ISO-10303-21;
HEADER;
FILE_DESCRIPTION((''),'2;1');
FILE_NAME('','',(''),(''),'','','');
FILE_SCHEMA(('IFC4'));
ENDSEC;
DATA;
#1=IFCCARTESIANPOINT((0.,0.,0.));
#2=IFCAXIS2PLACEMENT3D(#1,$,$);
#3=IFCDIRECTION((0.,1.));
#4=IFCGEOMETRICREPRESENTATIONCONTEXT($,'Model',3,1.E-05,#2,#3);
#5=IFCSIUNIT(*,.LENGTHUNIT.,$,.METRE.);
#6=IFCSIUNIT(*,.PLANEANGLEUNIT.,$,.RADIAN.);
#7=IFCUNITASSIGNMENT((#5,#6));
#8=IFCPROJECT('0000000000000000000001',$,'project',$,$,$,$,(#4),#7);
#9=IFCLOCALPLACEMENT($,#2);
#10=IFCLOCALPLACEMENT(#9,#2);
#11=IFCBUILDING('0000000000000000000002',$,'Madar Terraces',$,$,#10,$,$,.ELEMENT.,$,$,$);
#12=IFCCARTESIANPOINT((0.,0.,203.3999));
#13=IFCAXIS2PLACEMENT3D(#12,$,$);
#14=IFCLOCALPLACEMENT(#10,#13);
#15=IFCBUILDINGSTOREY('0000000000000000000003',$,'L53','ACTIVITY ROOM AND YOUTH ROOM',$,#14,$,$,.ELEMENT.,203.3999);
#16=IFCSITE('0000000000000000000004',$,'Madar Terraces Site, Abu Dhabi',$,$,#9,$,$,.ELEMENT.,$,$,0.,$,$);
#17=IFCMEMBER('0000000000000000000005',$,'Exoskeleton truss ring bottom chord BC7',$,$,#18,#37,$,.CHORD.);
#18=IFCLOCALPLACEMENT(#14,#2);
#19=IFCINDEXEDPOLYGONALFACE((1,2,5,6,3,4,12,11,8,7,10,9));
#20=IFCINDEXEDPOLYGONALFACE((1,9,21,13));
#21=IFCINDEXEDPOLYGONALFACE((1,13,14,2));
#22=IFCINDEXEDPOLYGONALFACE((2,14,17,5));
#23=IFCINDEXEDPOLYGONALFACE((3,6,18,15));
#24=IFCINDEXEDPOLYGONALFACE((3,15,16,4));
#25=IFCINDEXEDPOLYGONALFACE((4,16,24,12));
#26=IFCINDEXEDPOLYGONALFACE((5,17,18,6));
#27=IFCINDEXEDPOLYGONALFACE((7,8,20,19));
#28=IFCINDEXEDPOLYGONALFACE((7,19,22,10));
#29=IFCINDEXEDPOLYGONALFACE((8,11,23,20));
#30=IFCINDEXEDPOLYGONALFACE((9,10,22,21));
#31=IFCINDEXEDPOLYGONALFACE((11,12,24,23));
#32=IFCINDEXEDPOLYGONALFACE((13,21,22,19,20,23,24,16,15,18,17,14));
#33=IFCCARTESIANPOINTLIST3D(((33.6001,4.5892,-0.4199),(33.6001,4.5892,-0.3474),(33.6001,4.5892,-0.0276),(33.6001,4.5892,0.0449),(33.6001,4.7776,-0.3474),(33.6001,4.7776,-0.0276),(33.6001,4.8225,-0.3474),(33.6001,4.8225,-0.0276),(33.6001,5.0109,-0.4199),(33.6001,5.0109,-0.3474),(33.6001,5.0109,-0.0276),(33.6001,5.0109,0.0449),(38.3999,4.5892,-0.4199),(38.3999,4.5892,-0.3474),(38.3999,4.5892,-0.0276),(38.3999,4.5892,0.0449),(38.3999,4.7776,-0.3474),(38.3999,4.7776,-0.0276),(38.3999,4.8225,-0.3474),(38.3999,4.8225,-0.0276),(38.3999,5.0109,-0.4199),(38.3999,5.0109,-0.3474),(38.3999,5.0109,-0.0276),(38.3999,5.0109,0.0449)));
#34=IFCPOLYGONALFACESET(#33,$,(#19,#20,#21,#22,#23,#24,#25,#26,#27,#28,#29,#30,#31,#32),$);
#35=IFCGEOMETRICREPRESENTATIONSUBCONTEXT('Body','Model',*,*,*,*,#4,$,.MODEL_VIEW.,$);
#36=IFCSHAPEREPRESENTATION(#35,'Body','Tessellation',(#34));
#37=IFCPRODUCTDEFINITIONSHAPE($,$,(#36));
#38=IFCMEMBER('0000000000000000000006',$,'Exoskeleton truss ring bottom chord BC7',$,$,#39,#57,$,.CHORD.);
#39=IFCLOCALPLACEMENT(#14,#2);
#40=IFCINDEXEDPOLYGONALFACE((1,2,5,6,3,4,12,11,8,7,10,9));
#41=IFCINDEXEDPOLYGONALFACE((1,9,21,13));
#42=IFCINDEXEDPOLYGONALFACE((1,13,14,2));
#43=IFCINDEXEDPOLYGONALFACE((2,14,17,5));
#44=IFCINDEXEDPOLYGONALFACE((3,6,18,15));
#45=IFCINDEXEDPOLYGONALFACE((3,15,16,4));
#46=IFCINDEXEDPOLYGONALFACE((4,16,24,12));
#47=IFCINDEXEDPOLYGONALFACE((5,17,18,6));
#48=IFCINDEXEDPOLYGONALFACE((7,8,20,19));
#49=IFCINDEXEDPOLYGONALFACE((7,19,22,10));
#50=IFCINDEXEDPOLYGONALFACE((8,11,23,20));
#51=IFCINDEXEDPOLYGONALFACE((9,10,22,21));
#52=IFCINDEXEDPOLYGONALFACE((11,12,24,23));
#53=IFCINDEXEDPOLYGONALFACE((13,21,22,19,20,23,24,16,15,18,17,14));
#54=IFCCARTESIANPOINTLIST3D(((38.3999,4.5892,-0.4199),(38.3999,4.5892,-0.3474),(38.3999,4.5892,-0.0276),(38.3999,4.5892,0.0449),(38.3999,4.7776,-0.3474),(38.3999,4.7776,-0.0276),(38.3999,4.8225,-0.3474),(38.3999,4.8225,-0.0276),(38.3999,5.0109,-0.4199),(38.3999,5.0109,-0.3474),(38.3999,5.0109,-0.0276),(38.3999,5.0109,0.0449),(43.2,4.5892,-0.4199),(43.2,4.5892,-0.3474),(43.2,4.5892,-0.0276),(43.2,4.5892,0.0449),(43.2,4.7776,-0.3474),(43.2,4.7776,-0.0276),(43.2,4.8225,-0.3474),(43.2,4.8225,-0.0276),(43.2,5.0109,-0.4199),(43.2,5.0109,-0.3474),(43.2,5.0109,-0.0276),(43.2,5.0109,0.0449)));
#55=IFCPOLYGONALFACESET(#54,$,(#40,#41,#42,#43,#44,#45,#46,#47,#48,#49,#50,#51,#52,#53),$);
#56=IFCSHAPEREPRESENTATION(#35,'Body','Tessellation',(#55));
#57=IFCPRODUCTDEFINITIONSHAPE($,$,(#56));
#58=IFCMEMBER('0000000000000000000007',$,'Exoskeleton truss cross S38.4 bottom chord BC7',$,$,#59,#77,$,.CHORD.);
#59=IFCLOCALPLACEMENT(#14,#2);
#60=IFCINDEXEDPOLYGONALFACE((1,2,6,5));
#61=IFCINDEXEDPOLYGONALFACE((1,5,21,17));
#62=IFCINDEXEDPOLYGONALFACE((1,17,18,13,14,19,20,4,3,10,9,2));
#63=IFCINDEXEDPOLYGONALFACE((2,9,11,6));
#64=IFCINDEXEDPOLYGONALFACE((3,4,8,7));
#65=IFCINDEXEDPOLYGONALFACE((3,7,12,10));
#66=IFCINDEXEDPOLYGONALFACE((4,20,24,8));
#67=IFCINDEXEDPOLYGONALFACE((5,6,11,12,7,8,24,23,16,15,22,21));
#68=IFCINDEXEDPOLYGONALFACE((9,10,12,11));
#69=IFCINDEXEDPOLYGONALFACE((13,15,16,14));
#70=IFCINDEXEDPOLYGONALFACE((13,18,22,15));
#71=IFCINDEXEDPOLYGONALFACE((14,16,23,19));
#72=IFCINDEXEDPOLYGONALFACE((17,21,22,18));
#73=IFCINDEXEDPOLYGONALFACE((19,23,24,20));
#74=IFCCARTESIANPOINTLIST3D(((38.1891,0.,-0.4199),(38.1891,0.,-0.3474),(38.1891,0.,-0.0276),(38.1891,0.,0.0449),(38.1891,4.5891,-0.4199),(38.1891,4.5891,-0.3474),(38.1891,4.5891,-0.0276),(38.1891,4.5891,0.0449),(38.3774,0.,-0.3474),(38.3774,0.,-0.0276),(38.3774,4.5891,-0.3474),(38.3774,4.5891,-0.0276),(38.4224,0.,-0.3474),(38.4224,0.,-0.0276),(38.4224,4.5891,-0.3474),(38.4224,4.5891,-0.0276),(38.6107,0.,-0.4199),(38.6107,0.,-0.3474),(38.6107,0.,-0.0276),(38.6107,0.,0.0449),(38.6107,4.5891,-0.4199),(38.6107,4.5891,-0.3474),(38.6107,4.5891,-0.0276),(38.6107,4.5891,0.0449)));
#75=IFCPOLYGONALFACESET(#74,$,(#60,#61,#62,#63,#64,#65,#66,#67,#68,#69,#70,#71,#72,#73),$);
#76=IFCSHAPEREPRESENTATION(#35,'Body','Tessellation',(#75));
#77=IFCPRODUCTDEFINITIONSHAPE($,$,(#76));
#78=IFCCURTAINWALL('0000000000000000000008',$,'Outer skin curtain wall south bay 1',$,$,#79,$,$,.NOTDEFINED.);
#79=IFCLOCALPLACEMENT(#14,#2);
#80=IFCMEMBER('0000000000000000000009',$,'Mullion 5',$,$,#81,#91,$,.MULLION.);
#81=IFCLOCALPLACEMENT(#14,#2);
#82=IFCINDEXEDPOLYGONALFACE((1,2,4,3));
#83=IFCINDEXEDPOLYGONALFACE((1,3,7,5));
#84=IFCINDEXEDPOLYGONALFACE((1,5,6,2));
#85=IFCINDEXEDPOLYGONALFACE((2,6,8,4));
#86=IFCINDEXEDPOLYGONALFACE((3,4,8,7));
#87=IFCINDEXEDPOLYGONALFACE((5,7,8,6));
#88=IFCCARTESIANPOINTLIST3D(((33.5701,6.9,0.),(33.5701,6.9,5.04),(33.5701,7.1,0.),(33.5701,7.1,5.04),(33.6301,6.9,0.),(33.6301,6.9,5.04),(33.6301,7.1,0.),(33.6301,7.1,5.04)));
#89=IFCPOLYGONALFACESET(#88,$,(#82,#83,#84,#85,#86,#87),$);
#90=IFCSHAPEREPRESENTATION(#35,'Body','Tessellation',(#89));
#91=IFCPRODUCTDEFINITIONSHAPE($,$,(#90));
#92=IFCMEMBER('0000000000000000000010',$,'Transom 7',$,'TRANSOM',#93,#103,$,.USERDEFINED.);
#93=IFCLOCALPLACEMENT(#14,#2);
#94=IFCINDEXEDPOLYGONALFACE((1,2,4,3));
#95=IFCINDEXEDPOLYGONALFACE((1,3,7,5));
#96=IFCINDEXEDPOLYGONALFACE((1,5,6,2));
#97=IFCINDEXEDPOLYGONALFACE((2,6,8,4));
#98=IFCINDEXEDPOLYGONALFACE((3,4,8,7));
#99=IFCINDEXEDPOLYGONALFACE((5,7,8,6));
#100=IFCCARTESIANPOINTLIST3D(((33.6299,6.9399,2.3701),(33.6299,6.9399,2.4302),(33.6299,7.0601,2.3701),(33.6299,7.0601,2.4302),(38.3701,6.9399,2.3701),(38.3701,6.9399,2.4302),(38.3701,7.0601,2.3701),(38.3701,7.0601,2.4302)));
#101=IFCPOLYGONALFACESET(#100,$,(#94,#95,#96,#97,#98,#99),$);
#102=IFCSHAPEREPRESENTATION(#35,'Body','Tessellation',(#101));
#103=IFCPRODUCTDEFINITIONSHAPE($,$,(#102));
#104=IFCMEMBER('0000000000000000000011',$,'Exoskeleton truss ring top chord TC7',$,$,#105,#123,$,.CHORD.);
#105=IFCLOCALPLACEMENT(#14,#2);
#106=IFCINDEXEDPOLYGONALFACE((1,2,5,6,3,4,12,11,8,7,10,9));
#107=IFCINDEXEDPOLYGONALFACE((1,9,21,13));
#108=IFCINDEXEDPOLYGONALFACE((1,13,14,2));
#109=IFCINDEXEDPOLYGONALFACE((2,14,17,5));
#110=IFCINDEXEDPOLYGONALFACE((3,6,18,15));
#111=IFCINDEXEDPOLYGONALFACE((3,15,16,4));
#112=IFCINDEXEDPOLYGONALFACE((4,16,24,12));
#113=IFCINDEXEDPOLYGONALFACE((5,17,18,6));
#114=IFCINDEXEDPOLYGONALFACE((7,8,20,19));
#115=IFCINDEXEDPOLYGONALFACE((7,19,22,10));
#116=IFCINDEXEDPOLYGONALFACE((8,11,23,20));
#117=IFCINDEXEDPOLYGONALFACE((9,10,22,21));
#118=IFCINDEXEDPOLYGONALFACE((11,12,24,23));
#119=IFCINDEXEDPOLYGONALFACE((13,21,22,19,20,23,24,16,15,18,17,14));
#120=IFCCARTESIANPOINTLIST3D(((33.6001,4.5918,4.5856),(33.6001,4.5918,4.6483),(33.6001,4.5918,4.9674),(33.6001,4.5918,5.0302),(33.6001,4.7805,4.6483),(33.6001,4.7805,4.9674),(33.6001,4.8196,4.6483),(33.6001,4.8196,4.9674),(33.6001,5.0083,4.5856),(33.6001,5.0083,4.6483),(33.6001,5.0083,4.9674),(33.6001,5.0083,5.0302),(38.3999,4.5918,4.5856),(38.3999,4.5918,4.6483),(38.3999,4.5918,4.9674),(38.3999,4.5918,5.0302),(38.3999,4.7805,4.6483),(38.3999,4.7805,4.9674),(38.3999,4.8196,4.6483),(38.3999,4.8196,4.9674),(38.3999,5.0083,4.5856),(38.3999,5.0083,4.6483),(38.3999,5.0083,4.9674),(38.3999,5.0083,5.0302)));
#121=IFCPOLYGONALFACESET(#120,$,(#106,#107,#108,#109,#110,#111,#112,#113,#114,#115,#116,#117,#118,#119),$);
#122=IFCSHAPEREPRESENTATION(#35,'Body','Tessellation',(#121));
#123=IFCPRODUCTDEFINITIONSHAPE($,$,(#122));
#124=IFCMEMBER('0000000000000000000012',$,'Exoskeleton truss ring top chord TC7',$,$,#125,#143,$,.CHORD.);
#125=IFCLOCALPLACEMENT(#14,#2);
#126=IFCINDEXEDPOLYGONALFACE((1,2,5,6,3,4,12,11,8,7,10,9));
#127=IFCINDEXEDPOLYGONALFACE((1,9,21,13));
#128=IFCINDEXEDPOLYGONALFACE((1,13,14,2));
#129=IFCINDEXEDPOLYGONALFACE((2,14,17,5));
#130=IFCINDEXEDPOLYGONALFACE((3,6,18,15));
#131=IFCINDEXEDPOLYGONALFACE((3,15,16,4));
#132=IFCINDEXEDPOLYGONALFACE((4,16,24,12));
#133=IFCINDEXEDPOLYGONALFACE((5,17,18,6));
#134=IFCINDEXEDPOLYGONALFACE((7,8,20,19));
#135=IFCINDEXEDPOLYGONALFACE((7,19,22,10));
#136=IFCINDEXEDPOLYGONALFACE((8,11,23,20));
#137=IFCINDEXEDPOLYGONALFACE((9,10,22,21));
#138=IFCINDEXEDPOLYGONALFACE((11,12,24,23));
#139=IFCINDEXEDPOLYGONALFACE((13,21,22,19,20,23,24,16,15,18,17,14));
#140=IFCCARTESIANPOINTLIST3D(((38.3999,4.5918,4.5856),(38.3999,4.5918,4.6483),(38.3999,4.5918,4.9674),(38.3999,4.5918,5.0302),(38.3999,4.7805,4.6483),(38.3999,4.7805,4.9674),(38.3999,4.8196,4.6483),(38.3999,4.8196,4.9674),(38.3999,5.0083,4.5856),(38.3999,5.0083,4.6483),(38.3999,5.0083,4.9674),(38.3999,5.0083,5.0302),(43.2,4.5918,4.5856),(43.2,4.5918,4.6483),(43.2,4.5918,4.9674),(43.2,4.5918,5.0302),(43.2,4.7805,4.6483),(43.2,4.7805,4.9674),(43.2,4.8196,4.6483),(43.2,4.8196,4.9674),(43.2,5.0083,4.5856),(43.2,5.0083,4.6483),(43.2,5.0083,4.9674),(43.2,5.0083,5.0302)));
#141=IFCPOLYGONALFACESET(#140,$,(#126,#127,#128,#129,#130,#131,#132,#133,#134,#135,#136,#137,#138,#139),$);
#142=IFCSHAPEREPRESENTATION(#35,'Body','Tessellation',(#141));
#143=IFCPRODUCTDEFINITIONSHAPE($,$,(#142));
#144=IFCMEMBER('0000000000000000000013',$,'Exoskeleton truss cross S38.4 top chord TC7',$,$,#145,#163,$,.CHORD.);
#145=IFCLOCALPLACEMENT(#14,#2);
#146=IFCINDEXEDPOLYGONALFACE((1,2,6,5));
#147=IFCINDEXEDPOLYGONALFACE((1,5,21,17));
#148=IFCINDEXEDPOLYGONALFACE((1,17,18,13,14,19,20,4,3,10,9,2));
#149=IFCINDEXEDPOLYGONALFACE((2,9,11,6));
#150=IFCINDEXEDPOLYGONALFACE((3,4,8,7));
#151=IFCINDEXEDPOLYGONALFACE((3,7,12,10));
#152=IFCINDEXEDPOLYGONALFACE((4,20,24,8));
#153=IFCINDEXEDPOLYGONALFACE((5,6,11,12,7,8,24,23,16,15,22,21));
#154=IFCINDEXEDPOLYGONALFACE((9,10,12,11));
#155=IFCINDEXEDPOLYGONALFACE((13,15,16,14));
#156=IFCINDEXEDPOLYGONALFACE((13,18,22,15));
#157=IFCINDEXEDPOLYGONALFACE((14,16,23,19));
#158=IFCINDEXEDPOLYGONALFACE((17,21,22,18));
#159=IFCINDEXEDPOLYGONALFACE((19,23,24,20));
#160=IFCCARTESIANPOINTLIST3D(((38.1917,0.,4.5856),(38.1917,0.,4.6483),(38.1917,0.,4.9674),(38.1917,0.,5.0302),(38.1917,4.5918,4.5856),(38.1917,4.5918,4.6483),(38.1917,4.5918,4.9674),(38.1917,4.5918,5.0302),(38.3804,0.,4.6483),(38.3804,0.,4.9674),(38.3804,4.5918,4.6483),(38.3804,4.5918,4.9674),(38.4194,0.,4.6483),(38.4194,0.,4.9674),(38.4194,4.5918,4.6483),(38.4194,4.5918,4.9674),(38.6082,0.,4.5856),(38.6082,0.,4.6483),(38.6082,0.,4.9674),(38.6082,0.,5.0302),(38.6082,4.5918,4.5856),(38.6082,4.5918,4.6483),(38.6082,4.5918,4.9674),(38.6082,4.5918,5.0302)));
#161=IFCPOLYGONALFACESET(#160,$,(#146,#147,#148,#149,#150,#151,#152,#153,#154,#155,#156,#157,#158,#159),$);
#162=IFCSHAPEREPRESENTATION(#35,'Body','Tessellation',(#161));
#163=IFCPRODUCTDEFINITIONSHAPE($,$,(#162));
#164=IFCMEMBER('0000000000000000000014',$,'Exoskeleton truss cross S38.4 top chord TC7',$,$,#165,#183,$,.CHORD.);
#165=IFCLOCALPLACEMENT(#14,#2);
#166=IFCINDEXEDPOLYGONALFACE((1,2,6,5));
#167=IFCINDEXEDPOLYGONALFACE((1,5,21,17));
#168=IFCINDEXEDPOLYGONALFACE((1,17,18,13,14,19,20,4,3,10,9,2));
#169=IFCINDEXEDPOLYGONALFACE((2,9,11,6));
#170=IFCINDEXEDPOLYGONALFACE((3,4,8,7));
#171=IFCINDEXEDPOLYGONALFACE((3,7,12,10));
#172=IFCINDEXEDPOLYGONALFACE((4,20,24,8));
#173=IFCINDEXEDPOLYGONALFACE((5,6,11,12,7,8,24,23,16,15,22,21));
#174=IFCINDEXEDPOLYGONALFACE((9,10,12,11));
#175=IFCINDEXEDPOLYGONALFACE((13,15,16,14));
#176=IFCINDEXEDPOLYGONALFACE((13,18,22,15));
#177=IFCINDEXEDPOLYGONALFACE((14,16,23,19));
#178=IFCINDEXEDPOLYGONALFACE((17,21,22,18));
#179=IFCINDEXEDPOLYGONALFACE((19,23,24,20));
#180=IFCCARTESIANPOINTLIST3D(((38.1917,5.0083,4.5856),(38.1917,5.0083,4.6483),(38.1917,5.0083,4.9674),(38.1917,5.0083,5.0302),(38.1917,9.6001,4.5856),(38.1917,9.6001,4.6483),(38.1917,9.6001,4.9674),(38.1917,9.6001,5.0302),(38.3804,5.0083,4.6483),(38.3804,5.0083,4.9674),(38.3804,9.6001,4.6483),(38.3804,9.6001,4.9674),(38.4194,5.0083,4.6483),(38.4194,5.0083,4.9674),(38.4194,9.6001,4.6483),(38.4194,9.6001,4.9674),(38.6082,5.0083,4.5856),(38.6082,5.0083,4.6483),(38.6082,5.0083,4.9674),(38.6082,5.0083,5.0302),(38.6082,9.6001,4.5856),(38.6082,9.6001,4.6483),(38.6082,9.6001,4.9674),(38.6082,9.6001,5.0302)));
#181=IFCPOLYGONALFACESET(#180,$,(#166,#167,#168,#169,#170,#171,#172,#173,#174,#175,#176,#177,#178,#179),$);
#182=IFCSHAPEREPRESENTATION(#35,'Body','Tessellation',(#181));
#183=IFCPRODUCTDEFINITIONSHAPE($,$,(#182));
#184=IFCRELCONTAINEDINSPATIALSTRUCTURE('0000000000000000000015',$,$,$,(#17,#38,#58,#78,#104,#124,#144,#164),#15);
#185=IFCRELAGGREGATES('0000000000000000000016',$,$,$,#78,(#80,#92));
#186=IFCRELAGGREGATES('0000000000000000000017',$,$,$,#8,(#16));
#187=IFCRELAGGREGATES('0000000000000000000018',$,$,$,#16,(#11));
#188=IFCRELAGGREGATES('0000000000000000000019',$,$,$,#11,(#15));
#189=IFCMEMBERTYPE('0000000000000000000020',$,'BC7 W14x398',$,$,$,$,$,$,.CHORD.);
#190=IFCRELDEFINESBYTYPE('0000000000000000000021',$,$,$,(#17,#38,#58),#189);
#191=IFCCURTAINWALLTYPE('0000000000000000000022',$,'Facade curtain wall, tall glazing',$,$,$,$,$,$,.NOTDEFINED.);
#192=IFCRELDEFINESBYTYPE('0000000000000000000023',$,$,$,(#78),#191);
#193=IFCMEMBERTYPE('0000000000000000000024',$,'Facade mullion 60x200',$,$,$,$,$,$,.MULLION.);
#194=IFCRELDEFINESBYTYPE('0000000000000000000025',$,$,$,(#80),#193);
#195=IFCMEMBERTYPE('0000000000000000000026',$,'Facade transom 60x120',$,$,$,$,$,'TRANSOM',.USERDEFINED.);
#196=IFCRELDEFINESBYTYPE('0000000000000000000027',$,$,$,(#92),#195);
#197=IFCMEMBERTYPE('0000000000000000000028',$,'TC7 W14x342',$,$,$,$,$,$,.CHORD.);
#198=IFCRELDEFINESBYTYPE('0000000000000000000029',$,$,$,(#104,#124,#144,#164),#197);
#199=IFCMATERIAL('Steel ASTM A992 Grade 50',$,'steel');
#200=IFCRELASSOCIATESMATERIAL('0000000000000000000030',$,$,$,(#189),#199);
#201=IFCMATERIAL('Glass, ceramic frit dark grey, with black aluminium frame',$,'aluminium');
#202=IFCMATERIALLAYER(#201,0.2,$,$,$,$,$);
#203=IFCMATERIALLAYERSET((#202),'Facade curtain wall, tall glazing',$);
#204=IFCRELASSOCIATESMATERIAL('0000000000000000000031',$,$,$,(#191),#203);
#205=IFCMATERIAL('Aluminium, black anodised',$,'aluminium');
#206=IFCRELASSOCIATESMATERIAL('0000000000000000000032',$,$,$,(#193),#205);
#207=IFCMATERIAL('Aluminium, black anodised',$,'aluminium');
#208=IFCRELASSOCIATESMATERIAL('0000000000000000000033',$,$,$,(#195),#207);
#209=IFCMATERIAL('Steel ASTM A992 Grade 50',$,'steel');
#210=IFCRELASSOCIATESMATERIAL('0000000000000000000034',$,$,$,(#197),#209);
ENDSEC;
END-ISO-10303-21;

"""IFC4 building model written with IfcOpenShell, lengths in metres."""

from ifc_helpers import new_model, si_unit, direction, frame, origin, origin_2d, place, context, subcontext, project, spatial, rectangle, i_section, extrude, material, layer, layer_set, material_profile, profile_set, type_object, element, aggregate, save


model = new_model("IFC4")

# Units and contexts
model_context = context("Model", 3, precision=1e-05, world=origin(), true_north=direction((0.0, 1.0)))
body_context = subcontext(model_context, "Body", "Model", "MODEL_VIEW")
ifc_project = project(units=[si_unit("LENGTHUNIT", "METRE"), si_unit("PLANEANGLEUNIT", "RADIAN")], contexts=[model_context])

# Site, building, storey
site_placement = place(None, origin())
site = spatial("IfcSite", under=ifc_project, at=site_placement, Name="Madar Terraces Site, Abu Dhabi", CompositionType="ELEMENT", RefElevation=0.0)
building_placement = place(site_placement, origin())
building = spatial("IfcBuilding", under=site, at=building_placement, Name="Madar Terraces", CompositionType="ELEMENT")
storey_placement = place(building_placement, frame((0.0, 0.0, 203.3999)))
storey = spatial("IfcBuildingStorey", under=building, at=storey_placement, Name="L53", Description="ACTIVITY ROOM AND YOUTH ROOM", CompositionType="ELEMENT", Elevation=203.3999)

# Members
ifc_material_1 = material(Name="Steel ASTM A992 Grade 50", Category="steel")
ifc_material_profile_1 = material_profile(ifc_material_1, i_section(OverallWidth=0.4216, OverallDepth=0.4648, WebThickness=0.0449, FlangeThickness=0.0725, at=origin_2d()), Name="W14x398")
ifc_profile_set_1 = profile_set([ifc_material_profile_1], Name="Steel ASTM A992 Grade 50")
member_type_1 = type_object("IfcMemberType", Name="BC7 W14x398", PredefinedType="CHORD", material=ifc_profile_set_1)
member_1_placement = place(storey_placement, frame((33.6001, 4.8, -0.1875), z_axis=(1.0, 0.0, 0.0), x_axis=(0.0, 1.0, 0.0)))
element("IfcMember", 1, at=member_1_placement, inside=storey, type_object=member_type_1, Name="Exoskeleton truss ring bottom chord BC7", PredefinedType="CHORD", context=body_context, shape_type="SweptSolid", body=[
    extrude(i_section(OverallWidth=0.4216, OverallDepth=0.4648, WebThickness=0.0449, FlangeThickness=0.0725, at=origin_2d()), origin(), (0.0, 0.0, 1.0), 4.7998),
])
member_2_placement = place(storey_placement, frame((38.3999, 4.8, -0.1875), z_axis=(1.0, 0.0, 0.0), x_axis=(0.0, 1.0, 0.0)))
element("IfcMember", 2, at=member_2_placement, inside=storey, type_object=member_type_1, Name="Exoskeleton truss ring bottom chord BC7", PredefinedType="CHORD", context=body_context, shape_type="SweptSolid", body=[
    extrude(i_section(OverallWidth=0.4216, OverallDepth=0.4648, WebThickness=0.0449, FlangeThickness=0.0725, at=origin_2d()), origin(), (0.0, 0.0, 1.0), 4.8),
])
member_3_placement = place(storey_placement, frame((38.3999, 0.0, -0.1875), z_axis=(0.0, 1.0, 0.0), x_axis=(-1.0, 0.0, 0.0)))
element("IfcMember", 3, at=member_3_placement, inside=storey, type_object=member_type_1, Name="Exoskeleton truss cross S38.4 bottom chord BC7", PredefinedType="CHORD", context=body_context, shape_type="SweptSolid", body=[
    extrude(i_section(OverallWidth=0.4216, OverallDepth=0.4648, WebThickness=0.0449, FlangeThickness=0.0725, at=origin_2d()), origin(), (0.0, 0.0, 1.0), 4.5891),
])

# Curtain wall, members
ifc_material_2 = material(Name="Glass, ceramic frit dark grey, with black aluminium frame", Category="aluminium")
ifc_layer_1 = layer(ifc_material_2, 0.2)
ifc_layer_set_1 = layer_set([ifc_layer_1], Name="Facade curtain wall, tall glazing")
curtain_wall_type = type_object("IfcCurtainWallType", Name="Facade curtain wall, tall glazing", PredefinedType="NOTDEFINED", material=ifc_layer_set_1)
curtain_wall_placement = place(storey_placement, origin())
curtain_wall = element("IfcCurtainWall", 4, at=curtain_wall_placement, inside=storey, type_object=curtain_wall_type, Name="Outer skin curtain wall south bay 1", PredefinedType="NOTDEFINED")
ifc_material_3 = material(Name="Aluminium, black anodised", Category="aluminium")
ifc_material_profile_2 = material_profile(ifc_material_3, rectangle(XDim=0.2, YDim=0.0601, at=origin_2d()), Name="Facade mullion 60x200")
ifc_profile_set_2 = profile_set([ifc_material_profile_2], Name="Aluminium, black anodised")
member_type_2 = type_object("IfcMemberType", Name="Facade mullion 60x200", PredefinedType="MULLION", material=ifc_profile_set_2)
member_4_placement = place(storey_placement, frame((33.6001, 7.0, 0.0), z_axis=(0.0, 0.0, 1.0), x_axis=(0.0, 1.0, 0.0)))
member_4 = element("IfcMember", 5, at=member_4_placement, type_object=member_type_2, Name="Mullion 5", PredefinedType="MULLION", context=body_context, shape_type="SweptSolid", body=[
    extrude(rectangle(XDim=0.2, YDim=0.0601, at=origin_2d()), origin(), (0.0, 0.0, 1.0), 5.04),
])
ifc_material_4 = material(Name="Aluminium, black anodised", Category="aluminium")
ifc_material_profile_3 = material_profile(ifc_material_4, rectangle(XDim=0.1201, YDim=0.0601, at=origin_2d()), Name="Facade transom 60x120")
ifc_profile_set_3 = profile_set([ifc_material_profile_3], Name="Aluminium, black anodised")
member_type_3 = type_object("IfcMemberType", Name="Facade transom 60x120", ElementType="TRANSOM", PredefinedType="USERDEFINED", material=ifc_profile_set_3)
member_5_placement = place(storey_placement, frame((33.6299, 7.0, 2.4001), z_axis=(1.0, 0.0, 0.0), x_axis=(0.0, 1.0, 0.0)))
member_5 = element("IfcMember", 6, at=member_5_placement, type_object=member_type_3, Name="Transom 7", ObjectType="TRANSOM", PredefinedType="USERDEFINED", context=body_context, shape_type="SweptSolid", body=[
    extrude(rectangle(XDim=0.1201, YDim=0.0601, at=origin_2d()), origin(), (0.0, 0.0, 1.0), 4.7402),
])

# Members
ifc_material_5 = material(Name="Steel ASTM A992 Grade 50", Category="steel")
ifc_material_profile_4 = material_profile(ifc_material_5, i_section(OverallWidth=0.4165, OverallDepth=0.4446, WebThickness=0.0391, FlangeThickness=0.0627, at=origin_2d()), Name="W14x342")
ifc_profile_set_4 = profile_set([ifc_material_profile_4], Name="Steel ASTM A992 Grade 50")
member_type_4 = type_object("IfcMemberType", Name="TC7 W14x342", PredefinedType="CHORD", material=ifc_profile_set_4)
member_6_placement = place(storey_placement, frame((33.6001, 4.8, 4.8079), z_axis=(1.0, 0.0, 0.0), x_axis=(0.0, 1.0, 0.0)))
element("IfcMember", 7, at=member_6_placement, inside=storey, type_object=member_type_4, Name="Exoskeleton truss ring top chord TC7", PredefinedType="CHORD", context=body_context, shape_type="SweptSolid", body=[
    extrude(i_section(OverallWidth=0.4165, OverallDepth=0.4446, WebThickness=0.0391, FlangeThickness=0.0627, at=origin_2d()), origin(), (0.0, 0.0, 1.0), 4.7998),
])
member_7_placement = place(storey_placement, frame((38.3999, 4.8, 4.8079), z_axis=(1.0, 0.0, 0.0), x_axis=(0.0, 1.0, 0.0)))
element("IfcMember", 8, at=member_7_placement, inside=storey, type_object=member_type_4, Name="Exoskeleton truss ring top chord TC7", PredefinedType="CHORD", context=body_context, shape_type="SweptSolid", body=[
    extrude(i_section(OverallWidth=0.4165, OverallDepth=0.4446, WebThickness=0.0391, FlangeThickness=0.0627, at=origin_2d()), origin(), (0.0, 0.0, 1.0), 4.8),
])
for number, where, z_axis, x_axis, name in (
    (9, (38.3999, 0.0, 4.8079), (0.0, 1.0, 0.0), (-1.0, 0.0, 0.0), "Exoskeleton truss cross S38.4 top chord TC7"),
    (10, (38.3999, 5.0083, 4.8079), (0.0, 1.0, 0.0), (-1.0, 0.0, 0.0), "Exoskeleton truss cross S38.4 top chord TC7"),
):
    element("IfcMember", number, at=place(storey_placement, frame(where, z_axis=z_axis, x_axis=x_axis)), inside=storey, type_object=member_type_4, Name=name, PredefinedType="CHORD", context=body_context, shape_type="SweptSolid", body=[
        extrude(i_section(OverallWidth=0.4165, OverallDepth=0.4446, WebThickness=0.0391, FlangeThickness=0.0627, at=origin_2d()), origin(), (0.0, 0.0, 1.0), 4.5918),
    ])

aggregate(curtain_wall, [member_4, member_5])

save(model, "model.ifc")
